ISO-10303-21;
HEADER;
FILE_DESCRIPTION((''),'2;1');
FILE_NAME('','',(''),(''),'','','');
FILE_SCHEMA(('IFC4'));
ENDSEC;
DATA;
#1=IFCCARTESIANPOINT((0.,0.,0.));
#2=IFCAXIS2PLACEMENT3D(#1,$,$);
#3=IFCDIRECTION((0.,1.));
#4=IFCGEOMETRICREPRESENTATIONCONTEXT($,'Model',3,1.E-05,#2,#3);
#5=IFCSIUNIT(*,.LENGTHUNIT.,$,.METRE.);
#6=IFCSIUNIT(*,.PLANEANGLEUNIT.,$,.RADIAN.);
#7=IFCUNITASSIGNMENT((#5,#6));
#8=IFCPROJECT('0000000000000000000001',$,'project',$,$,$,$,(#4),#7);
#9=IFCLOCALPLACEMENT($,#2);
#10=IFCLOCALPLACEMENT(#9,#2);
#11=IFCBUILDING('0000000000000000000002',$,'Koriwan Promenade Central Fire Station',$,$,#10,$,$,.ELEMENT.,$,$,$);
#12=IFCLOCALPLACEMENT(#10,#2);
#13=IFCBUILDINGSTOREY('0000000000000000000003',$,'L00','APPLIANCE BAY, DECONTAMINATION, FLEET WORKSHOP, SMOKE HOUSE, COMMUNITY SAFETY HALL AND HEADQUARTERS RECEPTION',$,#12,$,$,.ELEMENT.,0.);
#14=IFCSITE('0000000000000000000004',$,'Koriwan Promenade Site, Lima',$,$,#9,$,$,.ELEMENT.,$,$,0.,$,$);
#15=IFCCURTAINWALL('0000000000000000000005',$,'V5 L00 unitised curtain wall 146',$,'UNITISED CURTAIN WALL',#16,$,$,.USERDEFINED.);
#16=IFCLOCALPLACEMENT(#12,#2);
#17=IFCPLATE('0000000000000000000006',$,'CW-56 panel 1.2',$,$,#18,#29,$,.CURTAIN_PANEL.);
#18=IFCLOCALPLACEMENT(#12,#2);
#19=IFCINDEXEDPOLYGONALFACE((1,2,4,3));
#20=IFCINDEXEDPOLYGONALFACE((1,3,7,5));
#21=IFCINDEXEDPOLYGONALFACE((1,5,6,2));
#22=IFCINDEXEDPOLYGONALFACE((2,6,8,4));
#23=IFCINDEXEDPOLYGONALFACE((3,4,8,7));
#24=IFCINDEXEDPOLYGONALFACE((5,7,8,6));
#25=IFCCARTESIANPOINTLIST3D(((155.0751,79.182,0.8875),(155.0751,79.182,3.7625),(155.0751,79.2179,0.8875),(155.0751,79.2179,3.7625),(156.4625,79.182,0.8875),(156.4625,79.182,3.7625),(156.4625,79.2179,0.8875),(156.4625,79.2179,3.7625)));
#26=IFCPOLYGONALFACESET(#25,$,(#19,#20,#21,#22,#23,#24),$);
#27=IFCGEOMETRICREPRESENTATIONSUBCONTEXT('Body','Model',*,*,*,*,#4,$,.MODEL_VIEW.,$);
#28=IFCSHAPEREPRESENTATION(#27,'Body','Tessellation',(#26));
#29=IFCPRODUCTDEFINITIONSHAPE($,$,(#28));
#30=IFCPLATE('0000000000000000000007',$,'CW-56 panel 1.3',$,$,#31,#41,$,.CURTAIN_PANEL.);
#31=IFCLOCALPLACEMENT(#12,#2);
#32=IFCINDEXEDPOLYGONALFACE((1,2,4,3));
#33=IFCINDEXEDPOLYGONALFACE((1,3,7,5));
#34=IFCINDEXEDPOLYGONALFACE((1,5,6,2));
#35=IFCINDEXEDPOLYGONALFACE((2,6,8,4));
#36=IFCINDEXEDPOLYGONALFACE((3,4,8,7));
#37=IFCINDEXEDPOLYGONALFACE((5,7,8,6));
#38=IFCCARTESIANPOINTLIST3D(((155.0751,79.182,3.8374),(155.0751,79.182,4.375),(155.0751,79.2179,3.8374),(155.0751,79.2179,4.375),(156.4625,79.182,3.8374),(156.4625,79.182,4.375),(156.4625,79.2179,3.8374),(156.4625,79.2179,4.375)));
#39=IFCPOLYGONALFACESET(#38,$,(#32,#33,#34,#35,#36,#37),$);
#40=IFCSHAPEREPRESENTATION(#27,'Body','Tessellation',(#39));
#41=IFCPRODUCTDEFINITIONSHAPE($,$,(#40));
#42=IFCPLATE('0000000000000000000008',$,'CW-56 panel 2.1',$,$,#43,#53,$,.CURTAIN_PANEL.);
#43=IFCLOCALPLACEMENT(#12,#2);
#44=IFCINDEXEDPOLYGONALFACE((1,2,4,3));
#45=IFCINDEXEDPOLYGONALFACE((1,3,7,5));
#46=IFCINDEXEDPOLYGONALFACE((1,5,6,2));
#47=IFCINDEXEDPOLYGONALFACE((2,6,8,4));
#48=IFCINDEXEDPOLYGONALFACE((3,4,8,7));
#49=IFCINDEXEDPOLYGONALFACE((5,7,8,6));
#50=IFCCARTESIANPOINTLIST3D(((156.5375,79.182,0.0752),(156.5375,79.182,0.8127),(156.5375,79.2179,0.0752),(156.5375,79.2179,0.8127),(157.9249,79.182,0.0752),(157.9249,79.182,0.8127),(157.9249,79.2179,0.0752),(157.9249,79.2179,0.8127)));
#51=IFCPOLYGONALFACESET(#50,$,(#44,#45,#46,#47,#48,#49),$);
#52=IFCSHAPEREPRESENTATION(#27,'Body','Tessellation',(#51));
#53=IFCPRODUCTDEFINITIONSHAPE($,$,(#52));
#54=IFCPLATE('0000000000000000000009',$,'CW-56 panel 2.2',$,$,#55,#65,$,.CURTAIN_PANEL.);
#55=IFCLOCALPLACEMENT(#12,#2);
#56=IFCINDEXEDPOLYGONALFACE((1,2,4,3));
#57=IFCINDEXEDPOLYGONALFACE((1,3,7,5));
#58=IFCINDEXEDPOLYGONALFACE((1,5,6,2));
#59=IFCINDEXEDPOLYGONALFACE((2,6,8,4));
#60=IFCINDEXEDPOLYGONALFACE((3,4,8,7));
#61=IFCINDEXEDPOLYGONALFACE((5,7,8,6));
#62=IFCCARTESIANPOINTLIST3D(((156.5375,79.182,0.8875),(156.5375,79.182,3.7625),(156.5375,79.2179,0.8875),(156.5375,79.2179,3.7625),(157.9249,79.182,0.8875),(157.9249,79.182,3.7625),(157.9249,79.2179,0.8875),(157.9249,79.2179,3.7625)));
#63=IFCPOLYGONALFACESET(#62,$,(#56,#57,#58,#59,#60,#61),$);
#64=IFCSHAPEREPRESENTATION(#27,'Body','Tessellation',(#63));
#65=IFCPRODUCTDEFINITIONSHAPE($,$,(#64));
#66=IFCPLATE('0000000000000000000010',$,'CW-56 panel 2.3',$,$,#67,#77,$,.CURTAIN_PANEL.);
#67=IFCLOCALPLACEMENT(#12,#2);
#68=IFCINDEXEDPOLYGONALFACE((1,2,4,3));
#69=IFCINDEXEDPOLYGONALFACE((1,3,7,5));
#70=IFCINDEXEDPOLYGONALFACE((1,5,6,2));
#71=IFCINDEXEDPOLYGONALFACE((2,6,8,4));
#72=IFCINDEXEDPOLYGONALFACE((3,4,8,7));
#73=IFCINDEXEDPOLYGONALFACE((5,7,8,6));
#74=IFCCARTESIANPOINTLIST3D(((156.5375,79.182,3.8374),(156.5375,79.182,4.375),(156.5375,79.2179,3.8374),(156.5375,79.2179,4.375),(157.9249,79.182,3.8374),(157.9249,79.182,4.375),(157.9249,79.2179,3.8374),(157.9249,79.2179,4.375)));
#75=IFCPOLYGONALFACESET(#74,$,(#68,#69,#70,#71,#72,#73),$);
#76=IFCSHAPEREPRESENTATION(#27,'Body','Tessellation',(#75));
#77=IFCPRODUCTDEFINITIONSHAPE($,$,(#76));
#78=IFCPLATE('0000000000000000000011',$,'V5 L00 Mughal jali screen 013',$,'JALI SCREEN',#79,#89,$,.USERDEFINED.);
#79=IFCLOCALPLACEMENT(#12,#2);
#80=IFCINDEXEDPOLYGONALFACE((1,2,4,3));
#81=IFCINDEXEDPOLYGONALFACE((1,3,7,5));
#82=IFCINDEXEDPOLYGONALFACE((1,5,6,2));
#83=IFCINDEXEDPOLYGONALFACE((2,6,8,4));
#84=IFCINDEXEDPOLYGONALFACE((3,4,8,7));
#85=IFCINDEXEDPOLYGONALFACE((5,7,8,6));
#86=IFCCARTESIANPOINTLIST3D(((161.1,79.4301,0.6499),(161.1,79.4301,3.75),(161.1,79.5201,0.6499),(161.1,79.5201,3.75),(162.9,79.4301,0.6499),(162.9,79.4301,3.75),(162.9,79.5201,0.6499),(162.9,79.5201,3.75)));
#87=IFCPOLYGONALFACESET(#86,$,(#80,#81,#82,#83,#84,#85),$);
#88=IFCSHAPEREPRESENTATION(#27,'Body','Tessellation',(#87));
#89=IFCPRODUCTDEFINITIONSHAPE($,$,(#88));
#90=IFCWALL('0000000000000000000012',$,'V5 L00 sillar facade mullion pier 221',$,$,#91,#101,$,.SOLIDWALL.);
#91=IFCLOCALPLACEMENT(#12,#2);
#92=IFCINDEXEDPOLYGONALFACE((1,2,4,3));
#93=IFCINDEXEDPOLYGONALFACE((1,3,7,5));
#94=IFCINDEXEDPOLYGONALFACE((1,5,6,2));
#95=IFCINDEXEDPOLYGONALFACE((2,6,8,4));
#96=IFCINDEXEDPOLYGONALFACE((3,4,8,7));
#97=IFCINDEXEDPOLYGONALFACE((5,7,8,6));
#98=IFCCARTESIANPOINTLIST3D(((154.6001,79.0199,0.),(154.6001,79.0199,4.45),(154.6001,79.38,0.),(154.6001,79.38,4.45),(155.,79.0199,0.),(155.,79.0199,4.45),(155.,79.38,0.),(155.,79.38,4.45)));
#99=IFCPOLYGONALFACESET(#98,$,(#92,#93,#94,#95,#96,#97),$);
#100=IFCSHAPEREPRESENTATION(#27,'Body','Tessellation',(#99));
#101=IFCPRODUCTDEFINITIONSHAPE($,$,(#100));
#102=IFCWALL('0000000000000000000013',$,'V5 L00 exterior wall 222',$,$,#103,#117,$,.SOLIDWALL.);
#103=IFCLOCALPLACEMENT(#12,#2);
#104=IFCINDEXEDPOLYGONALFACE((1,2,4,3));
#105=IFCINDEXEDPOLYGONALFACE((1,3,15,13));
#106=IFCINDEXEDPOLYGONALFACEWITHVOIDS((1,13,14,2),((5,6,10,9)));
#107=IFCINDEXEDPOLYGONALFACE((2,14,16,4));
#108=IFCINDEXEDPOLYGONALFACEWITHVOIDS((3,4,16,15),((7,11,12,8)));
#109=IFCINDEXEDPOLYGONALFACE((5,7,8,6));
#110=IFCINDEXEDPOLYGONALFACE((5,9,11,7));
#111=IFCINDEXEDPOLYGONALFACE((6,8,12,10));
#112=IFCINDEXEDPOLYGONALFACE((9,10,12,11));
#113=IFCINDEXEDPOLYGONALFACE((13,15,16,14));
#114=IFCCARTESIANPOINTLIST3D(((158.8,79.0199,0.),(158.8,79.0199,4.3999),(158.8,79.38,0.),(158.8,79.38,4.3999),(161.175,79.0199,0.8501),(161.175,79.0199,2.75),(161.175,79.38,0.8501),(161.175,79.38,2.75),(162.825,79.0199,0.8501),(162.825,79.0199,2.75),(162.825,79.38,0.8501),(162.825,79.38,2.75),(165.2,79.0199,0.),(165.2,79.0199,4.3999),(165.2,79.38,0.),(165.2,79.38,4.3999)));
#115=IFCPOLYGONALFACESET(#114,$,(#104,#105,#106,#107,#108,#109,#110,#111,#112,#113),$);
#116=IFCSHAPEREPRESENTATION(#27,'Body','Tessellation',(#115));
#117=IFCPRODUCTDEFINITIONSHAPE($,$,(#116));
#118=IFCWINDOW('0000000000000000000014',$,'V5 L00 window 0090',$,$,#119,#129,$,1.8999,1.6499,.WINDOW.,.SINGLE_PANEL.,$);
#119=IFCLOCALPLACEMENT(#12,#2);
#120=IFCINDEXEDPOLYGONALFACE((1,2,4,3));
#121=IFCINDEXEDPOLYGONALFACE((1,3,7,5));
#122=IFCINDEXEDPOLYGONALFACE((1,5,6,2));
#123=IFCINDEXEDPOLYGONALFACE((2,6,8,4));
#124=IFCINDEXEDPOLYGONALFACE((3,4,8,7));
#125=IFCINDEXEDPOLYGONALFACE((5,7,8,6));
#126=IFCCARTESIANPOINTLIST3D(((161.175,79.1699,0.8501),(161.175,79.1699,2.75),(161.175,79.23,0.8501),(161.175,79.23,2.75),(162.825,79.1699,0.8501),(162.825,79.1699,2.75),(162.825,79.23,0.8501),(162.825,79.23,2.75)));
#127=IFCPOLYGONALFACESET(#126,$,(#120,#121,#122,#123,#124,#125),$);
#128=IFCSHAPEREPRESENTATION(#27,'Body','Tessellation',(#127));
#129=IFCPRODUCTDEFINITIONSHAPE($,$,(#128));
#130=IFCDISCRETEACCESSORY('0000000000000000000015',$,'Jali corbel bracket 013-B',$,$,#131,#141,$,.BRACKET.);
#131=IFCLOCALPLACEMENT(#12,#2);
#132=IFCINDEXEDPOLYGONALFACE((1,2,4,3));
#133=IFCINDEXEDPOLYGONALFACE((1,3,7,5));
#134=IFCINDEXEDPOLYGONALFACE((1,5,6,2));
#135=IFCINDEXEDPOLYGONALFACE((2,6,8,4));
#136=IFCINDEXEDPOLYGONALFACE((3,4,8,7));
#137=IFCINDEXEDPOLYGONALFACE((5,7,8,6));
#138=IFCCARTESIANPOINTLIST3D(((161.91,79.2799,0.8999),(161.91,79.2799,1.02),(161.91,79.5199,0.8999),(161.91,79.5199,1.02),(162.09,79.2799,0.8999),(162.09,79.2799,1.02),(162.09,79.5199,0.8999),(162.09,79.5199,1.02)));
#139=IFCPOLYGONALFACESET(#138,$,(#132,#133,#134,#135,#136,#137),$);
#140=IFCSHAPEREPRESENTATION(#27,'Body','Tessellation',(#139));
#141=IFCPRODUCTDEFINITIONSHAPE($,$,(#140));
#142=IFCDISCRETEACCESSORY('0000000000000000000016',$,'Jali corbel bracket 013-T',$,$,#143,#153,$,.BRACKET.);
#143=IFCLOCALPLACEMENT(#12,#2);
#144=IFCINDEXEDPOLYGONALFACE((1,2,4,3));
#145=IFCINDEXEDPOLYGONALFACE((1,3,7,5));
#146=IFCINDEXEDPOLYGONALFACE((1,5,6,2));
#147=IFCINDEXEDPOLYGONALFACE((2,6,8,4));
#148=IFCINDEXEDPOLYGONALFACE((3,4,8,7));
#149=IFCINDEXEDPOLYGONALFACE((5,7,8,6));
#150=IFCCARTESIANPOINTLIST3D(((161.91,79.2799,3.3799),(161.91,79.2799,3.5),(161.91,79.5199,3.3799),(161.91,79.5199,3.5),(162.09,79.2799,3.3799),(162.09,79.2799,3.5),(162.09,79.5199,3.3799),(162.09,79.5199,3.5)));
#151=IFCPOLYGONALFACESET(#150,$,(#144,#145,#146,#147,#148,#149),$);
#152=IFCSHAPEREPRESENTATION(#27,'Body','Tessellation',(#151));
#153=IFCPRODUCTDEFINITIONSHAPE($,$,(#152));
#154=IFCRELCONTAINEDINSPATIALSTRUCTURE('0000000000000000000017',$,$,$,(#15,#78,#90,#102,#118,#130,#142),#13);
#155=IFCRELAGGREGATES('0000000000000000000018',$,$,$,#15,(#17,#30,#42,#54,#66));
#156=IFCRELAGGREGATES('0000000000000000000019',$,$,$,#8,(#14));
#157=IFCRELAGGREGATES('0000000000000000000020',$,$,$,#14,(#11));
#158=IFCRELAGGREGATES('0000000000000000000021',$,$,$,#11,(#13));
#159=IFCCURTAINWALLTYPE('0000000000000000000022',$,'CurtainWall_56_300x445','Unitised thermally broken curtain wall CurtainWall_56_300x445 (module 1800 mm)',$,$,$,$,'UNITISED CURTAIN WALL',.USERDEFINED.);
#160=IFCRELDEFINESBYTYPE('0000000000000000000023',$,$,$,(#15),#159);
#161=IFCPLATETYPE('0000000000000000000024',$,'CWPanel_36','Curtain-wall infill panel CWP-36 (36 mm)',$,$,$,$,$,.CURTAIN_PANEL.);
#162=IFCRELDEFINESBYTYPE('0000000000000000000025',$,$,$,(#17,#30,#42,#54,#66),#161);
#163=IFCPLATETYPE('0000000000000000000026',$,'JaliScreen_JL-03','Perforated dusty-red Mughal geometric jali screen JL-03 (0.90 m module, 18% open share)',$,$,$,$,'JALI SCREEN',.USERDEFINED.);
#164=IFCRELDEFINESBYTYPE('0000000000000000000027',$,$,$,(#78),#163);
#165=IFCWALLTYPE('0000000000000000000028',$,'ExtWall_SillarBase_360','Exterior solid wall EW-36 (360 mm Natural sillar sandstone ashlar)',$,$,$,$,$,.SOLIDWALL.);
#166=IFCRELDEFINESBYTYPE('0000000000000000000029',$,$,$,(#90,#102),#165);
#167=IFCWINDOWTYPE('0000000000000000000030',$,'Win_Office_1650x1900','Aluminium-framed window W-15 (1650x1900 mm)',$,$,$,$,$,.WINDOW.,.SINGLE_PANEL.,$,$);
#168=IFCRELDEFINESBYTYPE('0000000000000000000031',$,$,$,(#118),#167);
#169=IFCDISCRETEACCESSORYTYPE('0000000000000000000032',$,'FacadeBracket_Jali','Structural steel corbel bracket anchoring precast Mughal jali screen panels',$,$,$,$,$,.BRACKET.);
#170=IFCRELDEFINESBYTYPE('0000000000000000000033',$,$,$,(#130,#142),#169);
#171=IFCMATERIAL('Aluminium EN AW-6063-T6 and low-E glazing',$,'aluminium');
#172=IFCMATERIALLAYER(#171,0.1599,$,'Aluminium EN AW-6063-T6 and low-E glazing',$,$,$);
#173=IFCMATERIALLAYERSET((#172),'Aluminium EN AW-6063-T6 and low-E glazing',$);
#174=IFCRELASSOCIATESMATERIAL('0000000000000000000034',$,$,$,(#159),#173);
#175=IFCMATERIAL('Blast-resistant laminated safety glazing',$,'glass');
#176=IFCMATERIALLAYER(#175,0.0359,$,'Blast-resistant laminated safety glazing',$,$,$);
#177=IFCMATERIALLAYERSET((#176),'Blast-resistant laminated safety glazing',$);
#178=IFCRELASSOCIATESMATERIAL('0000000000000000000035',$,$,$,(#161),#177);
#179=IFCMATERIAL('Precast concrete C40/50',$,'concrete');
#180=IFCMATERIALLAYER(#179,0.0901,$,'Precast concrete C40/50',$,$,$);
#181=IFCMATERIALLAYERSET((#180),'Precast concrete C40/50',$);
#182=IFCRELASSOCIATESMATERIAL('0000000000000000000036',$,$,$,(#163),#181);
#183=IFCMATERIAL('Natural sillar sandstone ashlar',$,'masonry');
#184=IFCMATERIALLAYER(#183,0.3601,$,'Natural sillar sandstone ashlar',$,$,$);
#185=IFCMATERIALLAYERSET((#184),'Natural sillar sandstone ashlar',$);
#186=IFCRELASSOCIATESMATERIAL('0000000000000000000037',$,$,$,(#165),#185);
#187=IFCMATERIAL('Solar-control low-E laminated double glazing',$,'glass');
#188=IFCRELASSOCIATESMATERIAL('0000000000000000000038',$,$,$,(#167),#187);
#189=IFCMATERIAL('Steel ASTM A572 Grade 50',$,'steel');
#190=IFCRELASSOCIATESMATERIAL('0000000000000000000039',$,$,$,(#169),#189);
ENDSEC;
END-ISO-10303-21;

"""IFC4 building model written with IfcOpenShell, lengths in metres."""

from ifc_helpers import new_model, si_unit, direction, frame, frame_2d, origin, origin_2d, place, context, subcontext, project, spatial, rectangle, extrude, material, layer, layer_set, type_object, element, fill, aggregate, save


model = new_model("IFC4")

# Units and contexts
model_context = context("Model", 3, precision=1e-05, world=origin(), true_north=direction((0.0, 1.0)))
body_context = subcontext(model_context, "Body", "Model", "MODEL_VIEW")
ifc_project = project(units=[si_unit("LENGTHUNIT", "METRE"), si_unit("PLANEANGLEUNIT", "RADIAN")], contexts=[model_context])

# Site, building, storey
site_placement = place(None, origin())
site = spatial("IfcSite", under=ifc_project, at=site_placement, Name="Koriwan Promenade Site, Lima", CompositionType="ELEMENT", RefElevation=0.0)
building_placement = place(site_placement, origin())
building = spatial("IfcBuilding", under=site, at=building_placement, Name="Koriwan Promenade Central Fire Station", CompositionType="ELEMENT")
storey_placement = place(building_placement, origin())
storey = spatial("IfcBuildingStorey", under=building, at=storey_placement, Name="L00", Description="APPLIANCE BAY, DECONTAMINATION, FLEET WORKSHOP, SMOKE HOUSE, COMMUNITY SAFETY HALL AND HEADQUARTERS RECEPTION", CompositionType="ELEMENT", Elevation=0.0)

# Shared definitions
ifc_material_1 = material(Name="Aluminium EN AW-6063-T6 and low-E glazing", Category="aluminium")

# Curtain wall
ifc_layer_1 = layer(ifc_material_1, 0.1599, Name="Aluminium EN AW-6063-T6 and low-E glazing")
ifc_layer_set_1 = layer_set([ifc_layer_1], Name="Aluminium EN AW-6063-T6 and low-E glazing")
curtain_wall_type_1 = type_object("IfcCurtainWallType", Name="CurtainWall_56_300x445", Description="Unitised thermally broken curtain wall CurtainWall_56_300x445 (module 1800 mm)", ElementType="UNITISED CURTAIN WALL", PredefinedType="USERDEFINED", material=ifc_layer_set_1)
curtain_wall_1_placement = place(storey_placement, origin())
curtain_wall_1 = element("IfcCurtainWall", 1, at=curtain_wall_1_placement, inside=storey, type_object=curtain_wall_type_1, Name="V5 L00 unitised curtain wall 146", ObjectType="UNITISED CURTAIN WALL", PredefinedType="USERDEFINED")

# Plates
ifc_material_2 = material(Name="Blast-resistant laminated safety glazing", Category="glass")
ifc_layer_2 = layer(ifc_material_2, 0.0359, Name="Blast-resistant laminated safety glazing")
ifc_layer_set_2 = layer_set([ifc_layer_2], Name="Blast-resistant laminated safety glazing")
plate_type_1 = type_object("IfcPlateType", Name="CWPanel_36", Description="Curtain-wall infill panel CWP-36 (36 mm)", PredefinedType="CURTAIN_PANEL", material=ifc_layer_set_2)
plate_1_placement = place(storey_placement, frame((155.7688, 79.2, 0.8875), z_axis=(0.0, 0.0, 1.0), x_axis=(1.0, 0.0, 0.0)))
plate_1 = element("IfcPlate", 2, at=plate_1_placement, type_object=plate_type_1, Name="CW-56 panel 1.2", PredefinedType="CURTAIN_PANEL", context=body_context, shape_type="SweptSolid", body=[
    extrude(rectangle(XDim=1.3875, YDim=0.0359, at=origin_2d()), origin(), (0.0, 0.0, 1.0), 2.875),
])
plate_2_placement = place(storey_placement, frame((155.7688, 79.2, 3.8374), z_axis=(0.0, 0.0, 1.0), x_axis=(1.0, 0.0, 0.0)))
plate_2 = element("IfcPlate", 3, at=plate_2_placement, type_object=plate_type_1, Name="CW-56 panel 1.3", PredefinedType="CURTAIN_PANEL", context=body_context, shape_type="SweptSolid", body=[
    extrude(rectangle(XDim=1.3875, YDim=0.0359, at=origin_2d()), origin(), (0.0, 0.0, 1.0), 0.5376),
])
plate_3_placement = place(storey_placement, frame((157.2312, 79.2, 0.0752), z_axis=(0.0, 0.0, 1.0), x_axis=(1.0, 0.0, 0.0)))
plate_3 = element("IfcPlate", 4, at=plate_3_placement, type_object=plate_type_1, Name="CW-56 panel 2.1", PredefinedType="CURTAIN_PANEL", context=body_context, shape_type="SweptSolid", body=[
    extrude(rectangle(XDim=1.3875, YDim=0.0359, at=origin_2d()), origin(), (0.0, 0.0, 1.0), 0.7375),
])
plate_4_placement = place(storey_placement, frame((157.2312, 79.2, 0.8875), z_axis=(0.0, 0.0, 1.0), x_axis=(1.0, 0.0, 0.0)))
plate_4 = element("IfcPlate", 5, at=plate_4_placement, type_object=plate_type_1, Name="CW-56 panel 2.2", PredefinedType="CURTAIN_PANEL", context=body_context, shape_type="SweptSolid", body=[
    extrude(rectangle(XDim=1.3875, YDim=0.0359, at=origin_2d()), origin(), (0.0, 0.0, 1.0), 2.875),
])
plate_5_placement = place(storey_placement, frame((157.2312, 79.2, 3.8374), z_axis=(0.0, 0.0, 1.0), x_axis=(1.0, 0.0, 0.0)))
plate_5 = element("IfcPlate", 6, at=plate_5_placement, type_object=plate_type_1, Name="CW-56 panel 2.3", PredefinedType="CURTAIN_PANEL", context=body_context, shape_type="SweptSolid", body=[
    extrude(rectangle(XDim=1.3875, YDim=0.0359, at=origin_2d()), origin(), (0.0, 0.0, 1.0), 0.5376),
])
aggregate(curtain_wall_1, [plate_1, plate_2, plate_3, plate_4, plate_5])
ifc_material_3 = material(Name="Precast concrete C40/50", Category="concrete")
ifc_layer_3 = layer(ifc_material_3, 0.0901, Name="Precast concrete C40/50")
ifc_layer_set_3 = layer_set([ifc_layer_3], Name="Precast concrete C40/50")
plate_type_2 = type_object("IfcPlateType", Name="JaliScreen_JL-03", Description="Perforated dusty-red Mughal geometric jali screen JL-03 (0.90 m module, 18% open share)", ElementType="JALI SCREEN", PredefinedType="USERDEFINED", material=ifc_layer_set_3)
plate_6_placement = place(storey_placement, frame((162.0, 79.4751, 0.6499), z_axis=(0.0, 0.0, 1.0), x_axis=(1.0, 0.0, 0.0)))
element("IfcPlate", 7, at=plate_6_placement, inside=storey, type_object=plate_type_2, Name="V5 L00 Mughal jali screen 013", ObjectType="JALI SCREEN", PredefinedType="USERDEFINED", context=body_context, shape_type="SweptSolid", body=[
    extrude(rectangle(XDim=1.8, YDim=0.0901, at=origin_2d()), origin(), (0.0, 0.0, 1.0), 3.1001),
])

# Wall
ifc_material_4 = material(Name="Natural sillar sandstone ashlar", Category="masonry")
ifc_layer_4 = layer(ifc_material_4, 0.3601, Name="Natural sillar sandstone ashlar")
ifc_layer_set_4 = layer_set([ifc_layer_4], Name="Natural sillar sandstone ashlar")
wall_type = type_object("IfcWallType", Name="ExtWall_SillarBase_360", Description="Exterior solid wall EW-36 (360 mm Natural sillar sandstone ashlar)", PredefinedType="SOLIDWALL", material=ifc_layer_set_4)
wall_1_placement = place(storey_placement, frame((154.6001, 79.2, 0.0), z_axis=(0.0, 0.0, 1.0), x_axis=(1.0, 0.0, 0.0)))
element("IfcWall", 8, at=wall_1_placement, inside=storey, type_object=wall_type, Name="V5 L00 sillar facade mullion pier 221", PredefinedType="SOLIDWALL", context=body_context, shape_type="SweptSolid", body=[
    extrude(rectangle(XDim=0.3999, YDim=0.3601, at=frame_2d((0.2, 0.0))), origin(), (0.0, 0.0, 1.0), 4.45),
])

# Wall, opening, window
wall_2_placement = place(storey_placement, frame((158.8, 79.2, 0.0), z_axis=(0.0, 0.0, 1.0), x_axis=(1.0, 0.0, 0.0)))
wall_2 = element("IfcWall", 9, at=wall_2_placement, inside=storey, type_object=wall_type, Name="V5 L00 exterior wall 222", PredefinedType="SOLIDWALL", context=body_context, shape_type="SweptSolid", body=[
    extrude(rectangle(XDim=6.3999, YDim=0.3601, at=frame_2d((3.2, 0.0))), origin(), (0.0, 0.0, 1.0), 4.3999),
])
opening_placement = place(wall_2_placement, frame((2.375, 0.0, 0.8501)))
opening = element("IfcOpeningElement", 10, at=opening_placement, cuts=wall_2, PredefinedType="OPENING", context=body_context, shape_type="SweptSolid", body=[
    extrude(rectangle(XDim=1.6499, YDim=1.8999, at=frame_2d((0.825, 0.95))), frame((0.0, 0.1919, 0.0), z_axis=(0.0, -1.0, 0.0), x_axis=(1.0, 0.0, 0.0)), (0.0, 0.0, 1.0), 0.384),
])
ifc_material_5 = material(Name="Solar-control low-E laminated double glazing", Category="glass")
window_type = type_object("IfcWindowType", Name="Win_Office_1650x1900", Description="Aluminium-framed window W-15 (1650x1900 mm)", PartitioningType="SINGLE_PANEL", PredefinedType="WINDOW", material=ifc_material_5)
window_placement = place(opening_placement, origin())
window = element("IfcWindow", 11, at=window_placement, inside=storey, type_object=window_type, Name="V5 L00 window 0090", OverallHeight=1.8999, OverallWidth=1.6499, PartitioningType="SINGLE_PANEL", PredefinedType="WINDOW", context=body_context, shape_type="SweptSolid", body=[
    extrude(rectangle(XDim=1.6499, YDim=1.8999, at=frame_2d((0.825, 0.95))), frame((0.0, 0.03, 0.0), z_axis=(0.0, -1.0, 0.0), x_axis=(1.0, 0.0, 0.0)), (0.0, 0.0, 1.0), 0.0601),
])
fill(opening, window)

# Discrete accessories
ifc_material_6 = material(Name="Steel ASTM A572 Grade 50", Category="steel")
discrete_accessory_type = type_object("IfcDiscreteAccessoryType", Name="FacadeBracket_Jali", Description="Structural steel corbel bracket anchoring precast Mughal jali screen panels", PredefinedType="BRACKET", material=ifc_material_6)
for number, where, z_axis, x_axis, name in (
    (12, (162.0, 79.3999, 0.8999), (0.0, 0.0, 1.0), (0.0, 1.0, 0.0), "Jali corbel bracket 013-B"),
    (13, (162.0, 79.3999, 3.3799), (0.0, 0.0, 1.0), (0.0, 1.0, 0.0), "Jali corbel bracket 013-T"),
):
    element("IfcDiscreteAccessory", number, at=place(storey_placement, frame(where, z_axis=z_axis, x_axis=x_axis)), inside=storey, type_object=discrete_accessory_type, Name=name, PredefinedType="BRACKET", context=body_context, shape_type="SweptSolid", body=[
        extrude(rectangle(XDim=0.24, YDim=0.1799, at=origin_2d()), origin(), (0.0, 0.0, 1.0), 0.1201),
    ])

save(model, "model.ifc")
